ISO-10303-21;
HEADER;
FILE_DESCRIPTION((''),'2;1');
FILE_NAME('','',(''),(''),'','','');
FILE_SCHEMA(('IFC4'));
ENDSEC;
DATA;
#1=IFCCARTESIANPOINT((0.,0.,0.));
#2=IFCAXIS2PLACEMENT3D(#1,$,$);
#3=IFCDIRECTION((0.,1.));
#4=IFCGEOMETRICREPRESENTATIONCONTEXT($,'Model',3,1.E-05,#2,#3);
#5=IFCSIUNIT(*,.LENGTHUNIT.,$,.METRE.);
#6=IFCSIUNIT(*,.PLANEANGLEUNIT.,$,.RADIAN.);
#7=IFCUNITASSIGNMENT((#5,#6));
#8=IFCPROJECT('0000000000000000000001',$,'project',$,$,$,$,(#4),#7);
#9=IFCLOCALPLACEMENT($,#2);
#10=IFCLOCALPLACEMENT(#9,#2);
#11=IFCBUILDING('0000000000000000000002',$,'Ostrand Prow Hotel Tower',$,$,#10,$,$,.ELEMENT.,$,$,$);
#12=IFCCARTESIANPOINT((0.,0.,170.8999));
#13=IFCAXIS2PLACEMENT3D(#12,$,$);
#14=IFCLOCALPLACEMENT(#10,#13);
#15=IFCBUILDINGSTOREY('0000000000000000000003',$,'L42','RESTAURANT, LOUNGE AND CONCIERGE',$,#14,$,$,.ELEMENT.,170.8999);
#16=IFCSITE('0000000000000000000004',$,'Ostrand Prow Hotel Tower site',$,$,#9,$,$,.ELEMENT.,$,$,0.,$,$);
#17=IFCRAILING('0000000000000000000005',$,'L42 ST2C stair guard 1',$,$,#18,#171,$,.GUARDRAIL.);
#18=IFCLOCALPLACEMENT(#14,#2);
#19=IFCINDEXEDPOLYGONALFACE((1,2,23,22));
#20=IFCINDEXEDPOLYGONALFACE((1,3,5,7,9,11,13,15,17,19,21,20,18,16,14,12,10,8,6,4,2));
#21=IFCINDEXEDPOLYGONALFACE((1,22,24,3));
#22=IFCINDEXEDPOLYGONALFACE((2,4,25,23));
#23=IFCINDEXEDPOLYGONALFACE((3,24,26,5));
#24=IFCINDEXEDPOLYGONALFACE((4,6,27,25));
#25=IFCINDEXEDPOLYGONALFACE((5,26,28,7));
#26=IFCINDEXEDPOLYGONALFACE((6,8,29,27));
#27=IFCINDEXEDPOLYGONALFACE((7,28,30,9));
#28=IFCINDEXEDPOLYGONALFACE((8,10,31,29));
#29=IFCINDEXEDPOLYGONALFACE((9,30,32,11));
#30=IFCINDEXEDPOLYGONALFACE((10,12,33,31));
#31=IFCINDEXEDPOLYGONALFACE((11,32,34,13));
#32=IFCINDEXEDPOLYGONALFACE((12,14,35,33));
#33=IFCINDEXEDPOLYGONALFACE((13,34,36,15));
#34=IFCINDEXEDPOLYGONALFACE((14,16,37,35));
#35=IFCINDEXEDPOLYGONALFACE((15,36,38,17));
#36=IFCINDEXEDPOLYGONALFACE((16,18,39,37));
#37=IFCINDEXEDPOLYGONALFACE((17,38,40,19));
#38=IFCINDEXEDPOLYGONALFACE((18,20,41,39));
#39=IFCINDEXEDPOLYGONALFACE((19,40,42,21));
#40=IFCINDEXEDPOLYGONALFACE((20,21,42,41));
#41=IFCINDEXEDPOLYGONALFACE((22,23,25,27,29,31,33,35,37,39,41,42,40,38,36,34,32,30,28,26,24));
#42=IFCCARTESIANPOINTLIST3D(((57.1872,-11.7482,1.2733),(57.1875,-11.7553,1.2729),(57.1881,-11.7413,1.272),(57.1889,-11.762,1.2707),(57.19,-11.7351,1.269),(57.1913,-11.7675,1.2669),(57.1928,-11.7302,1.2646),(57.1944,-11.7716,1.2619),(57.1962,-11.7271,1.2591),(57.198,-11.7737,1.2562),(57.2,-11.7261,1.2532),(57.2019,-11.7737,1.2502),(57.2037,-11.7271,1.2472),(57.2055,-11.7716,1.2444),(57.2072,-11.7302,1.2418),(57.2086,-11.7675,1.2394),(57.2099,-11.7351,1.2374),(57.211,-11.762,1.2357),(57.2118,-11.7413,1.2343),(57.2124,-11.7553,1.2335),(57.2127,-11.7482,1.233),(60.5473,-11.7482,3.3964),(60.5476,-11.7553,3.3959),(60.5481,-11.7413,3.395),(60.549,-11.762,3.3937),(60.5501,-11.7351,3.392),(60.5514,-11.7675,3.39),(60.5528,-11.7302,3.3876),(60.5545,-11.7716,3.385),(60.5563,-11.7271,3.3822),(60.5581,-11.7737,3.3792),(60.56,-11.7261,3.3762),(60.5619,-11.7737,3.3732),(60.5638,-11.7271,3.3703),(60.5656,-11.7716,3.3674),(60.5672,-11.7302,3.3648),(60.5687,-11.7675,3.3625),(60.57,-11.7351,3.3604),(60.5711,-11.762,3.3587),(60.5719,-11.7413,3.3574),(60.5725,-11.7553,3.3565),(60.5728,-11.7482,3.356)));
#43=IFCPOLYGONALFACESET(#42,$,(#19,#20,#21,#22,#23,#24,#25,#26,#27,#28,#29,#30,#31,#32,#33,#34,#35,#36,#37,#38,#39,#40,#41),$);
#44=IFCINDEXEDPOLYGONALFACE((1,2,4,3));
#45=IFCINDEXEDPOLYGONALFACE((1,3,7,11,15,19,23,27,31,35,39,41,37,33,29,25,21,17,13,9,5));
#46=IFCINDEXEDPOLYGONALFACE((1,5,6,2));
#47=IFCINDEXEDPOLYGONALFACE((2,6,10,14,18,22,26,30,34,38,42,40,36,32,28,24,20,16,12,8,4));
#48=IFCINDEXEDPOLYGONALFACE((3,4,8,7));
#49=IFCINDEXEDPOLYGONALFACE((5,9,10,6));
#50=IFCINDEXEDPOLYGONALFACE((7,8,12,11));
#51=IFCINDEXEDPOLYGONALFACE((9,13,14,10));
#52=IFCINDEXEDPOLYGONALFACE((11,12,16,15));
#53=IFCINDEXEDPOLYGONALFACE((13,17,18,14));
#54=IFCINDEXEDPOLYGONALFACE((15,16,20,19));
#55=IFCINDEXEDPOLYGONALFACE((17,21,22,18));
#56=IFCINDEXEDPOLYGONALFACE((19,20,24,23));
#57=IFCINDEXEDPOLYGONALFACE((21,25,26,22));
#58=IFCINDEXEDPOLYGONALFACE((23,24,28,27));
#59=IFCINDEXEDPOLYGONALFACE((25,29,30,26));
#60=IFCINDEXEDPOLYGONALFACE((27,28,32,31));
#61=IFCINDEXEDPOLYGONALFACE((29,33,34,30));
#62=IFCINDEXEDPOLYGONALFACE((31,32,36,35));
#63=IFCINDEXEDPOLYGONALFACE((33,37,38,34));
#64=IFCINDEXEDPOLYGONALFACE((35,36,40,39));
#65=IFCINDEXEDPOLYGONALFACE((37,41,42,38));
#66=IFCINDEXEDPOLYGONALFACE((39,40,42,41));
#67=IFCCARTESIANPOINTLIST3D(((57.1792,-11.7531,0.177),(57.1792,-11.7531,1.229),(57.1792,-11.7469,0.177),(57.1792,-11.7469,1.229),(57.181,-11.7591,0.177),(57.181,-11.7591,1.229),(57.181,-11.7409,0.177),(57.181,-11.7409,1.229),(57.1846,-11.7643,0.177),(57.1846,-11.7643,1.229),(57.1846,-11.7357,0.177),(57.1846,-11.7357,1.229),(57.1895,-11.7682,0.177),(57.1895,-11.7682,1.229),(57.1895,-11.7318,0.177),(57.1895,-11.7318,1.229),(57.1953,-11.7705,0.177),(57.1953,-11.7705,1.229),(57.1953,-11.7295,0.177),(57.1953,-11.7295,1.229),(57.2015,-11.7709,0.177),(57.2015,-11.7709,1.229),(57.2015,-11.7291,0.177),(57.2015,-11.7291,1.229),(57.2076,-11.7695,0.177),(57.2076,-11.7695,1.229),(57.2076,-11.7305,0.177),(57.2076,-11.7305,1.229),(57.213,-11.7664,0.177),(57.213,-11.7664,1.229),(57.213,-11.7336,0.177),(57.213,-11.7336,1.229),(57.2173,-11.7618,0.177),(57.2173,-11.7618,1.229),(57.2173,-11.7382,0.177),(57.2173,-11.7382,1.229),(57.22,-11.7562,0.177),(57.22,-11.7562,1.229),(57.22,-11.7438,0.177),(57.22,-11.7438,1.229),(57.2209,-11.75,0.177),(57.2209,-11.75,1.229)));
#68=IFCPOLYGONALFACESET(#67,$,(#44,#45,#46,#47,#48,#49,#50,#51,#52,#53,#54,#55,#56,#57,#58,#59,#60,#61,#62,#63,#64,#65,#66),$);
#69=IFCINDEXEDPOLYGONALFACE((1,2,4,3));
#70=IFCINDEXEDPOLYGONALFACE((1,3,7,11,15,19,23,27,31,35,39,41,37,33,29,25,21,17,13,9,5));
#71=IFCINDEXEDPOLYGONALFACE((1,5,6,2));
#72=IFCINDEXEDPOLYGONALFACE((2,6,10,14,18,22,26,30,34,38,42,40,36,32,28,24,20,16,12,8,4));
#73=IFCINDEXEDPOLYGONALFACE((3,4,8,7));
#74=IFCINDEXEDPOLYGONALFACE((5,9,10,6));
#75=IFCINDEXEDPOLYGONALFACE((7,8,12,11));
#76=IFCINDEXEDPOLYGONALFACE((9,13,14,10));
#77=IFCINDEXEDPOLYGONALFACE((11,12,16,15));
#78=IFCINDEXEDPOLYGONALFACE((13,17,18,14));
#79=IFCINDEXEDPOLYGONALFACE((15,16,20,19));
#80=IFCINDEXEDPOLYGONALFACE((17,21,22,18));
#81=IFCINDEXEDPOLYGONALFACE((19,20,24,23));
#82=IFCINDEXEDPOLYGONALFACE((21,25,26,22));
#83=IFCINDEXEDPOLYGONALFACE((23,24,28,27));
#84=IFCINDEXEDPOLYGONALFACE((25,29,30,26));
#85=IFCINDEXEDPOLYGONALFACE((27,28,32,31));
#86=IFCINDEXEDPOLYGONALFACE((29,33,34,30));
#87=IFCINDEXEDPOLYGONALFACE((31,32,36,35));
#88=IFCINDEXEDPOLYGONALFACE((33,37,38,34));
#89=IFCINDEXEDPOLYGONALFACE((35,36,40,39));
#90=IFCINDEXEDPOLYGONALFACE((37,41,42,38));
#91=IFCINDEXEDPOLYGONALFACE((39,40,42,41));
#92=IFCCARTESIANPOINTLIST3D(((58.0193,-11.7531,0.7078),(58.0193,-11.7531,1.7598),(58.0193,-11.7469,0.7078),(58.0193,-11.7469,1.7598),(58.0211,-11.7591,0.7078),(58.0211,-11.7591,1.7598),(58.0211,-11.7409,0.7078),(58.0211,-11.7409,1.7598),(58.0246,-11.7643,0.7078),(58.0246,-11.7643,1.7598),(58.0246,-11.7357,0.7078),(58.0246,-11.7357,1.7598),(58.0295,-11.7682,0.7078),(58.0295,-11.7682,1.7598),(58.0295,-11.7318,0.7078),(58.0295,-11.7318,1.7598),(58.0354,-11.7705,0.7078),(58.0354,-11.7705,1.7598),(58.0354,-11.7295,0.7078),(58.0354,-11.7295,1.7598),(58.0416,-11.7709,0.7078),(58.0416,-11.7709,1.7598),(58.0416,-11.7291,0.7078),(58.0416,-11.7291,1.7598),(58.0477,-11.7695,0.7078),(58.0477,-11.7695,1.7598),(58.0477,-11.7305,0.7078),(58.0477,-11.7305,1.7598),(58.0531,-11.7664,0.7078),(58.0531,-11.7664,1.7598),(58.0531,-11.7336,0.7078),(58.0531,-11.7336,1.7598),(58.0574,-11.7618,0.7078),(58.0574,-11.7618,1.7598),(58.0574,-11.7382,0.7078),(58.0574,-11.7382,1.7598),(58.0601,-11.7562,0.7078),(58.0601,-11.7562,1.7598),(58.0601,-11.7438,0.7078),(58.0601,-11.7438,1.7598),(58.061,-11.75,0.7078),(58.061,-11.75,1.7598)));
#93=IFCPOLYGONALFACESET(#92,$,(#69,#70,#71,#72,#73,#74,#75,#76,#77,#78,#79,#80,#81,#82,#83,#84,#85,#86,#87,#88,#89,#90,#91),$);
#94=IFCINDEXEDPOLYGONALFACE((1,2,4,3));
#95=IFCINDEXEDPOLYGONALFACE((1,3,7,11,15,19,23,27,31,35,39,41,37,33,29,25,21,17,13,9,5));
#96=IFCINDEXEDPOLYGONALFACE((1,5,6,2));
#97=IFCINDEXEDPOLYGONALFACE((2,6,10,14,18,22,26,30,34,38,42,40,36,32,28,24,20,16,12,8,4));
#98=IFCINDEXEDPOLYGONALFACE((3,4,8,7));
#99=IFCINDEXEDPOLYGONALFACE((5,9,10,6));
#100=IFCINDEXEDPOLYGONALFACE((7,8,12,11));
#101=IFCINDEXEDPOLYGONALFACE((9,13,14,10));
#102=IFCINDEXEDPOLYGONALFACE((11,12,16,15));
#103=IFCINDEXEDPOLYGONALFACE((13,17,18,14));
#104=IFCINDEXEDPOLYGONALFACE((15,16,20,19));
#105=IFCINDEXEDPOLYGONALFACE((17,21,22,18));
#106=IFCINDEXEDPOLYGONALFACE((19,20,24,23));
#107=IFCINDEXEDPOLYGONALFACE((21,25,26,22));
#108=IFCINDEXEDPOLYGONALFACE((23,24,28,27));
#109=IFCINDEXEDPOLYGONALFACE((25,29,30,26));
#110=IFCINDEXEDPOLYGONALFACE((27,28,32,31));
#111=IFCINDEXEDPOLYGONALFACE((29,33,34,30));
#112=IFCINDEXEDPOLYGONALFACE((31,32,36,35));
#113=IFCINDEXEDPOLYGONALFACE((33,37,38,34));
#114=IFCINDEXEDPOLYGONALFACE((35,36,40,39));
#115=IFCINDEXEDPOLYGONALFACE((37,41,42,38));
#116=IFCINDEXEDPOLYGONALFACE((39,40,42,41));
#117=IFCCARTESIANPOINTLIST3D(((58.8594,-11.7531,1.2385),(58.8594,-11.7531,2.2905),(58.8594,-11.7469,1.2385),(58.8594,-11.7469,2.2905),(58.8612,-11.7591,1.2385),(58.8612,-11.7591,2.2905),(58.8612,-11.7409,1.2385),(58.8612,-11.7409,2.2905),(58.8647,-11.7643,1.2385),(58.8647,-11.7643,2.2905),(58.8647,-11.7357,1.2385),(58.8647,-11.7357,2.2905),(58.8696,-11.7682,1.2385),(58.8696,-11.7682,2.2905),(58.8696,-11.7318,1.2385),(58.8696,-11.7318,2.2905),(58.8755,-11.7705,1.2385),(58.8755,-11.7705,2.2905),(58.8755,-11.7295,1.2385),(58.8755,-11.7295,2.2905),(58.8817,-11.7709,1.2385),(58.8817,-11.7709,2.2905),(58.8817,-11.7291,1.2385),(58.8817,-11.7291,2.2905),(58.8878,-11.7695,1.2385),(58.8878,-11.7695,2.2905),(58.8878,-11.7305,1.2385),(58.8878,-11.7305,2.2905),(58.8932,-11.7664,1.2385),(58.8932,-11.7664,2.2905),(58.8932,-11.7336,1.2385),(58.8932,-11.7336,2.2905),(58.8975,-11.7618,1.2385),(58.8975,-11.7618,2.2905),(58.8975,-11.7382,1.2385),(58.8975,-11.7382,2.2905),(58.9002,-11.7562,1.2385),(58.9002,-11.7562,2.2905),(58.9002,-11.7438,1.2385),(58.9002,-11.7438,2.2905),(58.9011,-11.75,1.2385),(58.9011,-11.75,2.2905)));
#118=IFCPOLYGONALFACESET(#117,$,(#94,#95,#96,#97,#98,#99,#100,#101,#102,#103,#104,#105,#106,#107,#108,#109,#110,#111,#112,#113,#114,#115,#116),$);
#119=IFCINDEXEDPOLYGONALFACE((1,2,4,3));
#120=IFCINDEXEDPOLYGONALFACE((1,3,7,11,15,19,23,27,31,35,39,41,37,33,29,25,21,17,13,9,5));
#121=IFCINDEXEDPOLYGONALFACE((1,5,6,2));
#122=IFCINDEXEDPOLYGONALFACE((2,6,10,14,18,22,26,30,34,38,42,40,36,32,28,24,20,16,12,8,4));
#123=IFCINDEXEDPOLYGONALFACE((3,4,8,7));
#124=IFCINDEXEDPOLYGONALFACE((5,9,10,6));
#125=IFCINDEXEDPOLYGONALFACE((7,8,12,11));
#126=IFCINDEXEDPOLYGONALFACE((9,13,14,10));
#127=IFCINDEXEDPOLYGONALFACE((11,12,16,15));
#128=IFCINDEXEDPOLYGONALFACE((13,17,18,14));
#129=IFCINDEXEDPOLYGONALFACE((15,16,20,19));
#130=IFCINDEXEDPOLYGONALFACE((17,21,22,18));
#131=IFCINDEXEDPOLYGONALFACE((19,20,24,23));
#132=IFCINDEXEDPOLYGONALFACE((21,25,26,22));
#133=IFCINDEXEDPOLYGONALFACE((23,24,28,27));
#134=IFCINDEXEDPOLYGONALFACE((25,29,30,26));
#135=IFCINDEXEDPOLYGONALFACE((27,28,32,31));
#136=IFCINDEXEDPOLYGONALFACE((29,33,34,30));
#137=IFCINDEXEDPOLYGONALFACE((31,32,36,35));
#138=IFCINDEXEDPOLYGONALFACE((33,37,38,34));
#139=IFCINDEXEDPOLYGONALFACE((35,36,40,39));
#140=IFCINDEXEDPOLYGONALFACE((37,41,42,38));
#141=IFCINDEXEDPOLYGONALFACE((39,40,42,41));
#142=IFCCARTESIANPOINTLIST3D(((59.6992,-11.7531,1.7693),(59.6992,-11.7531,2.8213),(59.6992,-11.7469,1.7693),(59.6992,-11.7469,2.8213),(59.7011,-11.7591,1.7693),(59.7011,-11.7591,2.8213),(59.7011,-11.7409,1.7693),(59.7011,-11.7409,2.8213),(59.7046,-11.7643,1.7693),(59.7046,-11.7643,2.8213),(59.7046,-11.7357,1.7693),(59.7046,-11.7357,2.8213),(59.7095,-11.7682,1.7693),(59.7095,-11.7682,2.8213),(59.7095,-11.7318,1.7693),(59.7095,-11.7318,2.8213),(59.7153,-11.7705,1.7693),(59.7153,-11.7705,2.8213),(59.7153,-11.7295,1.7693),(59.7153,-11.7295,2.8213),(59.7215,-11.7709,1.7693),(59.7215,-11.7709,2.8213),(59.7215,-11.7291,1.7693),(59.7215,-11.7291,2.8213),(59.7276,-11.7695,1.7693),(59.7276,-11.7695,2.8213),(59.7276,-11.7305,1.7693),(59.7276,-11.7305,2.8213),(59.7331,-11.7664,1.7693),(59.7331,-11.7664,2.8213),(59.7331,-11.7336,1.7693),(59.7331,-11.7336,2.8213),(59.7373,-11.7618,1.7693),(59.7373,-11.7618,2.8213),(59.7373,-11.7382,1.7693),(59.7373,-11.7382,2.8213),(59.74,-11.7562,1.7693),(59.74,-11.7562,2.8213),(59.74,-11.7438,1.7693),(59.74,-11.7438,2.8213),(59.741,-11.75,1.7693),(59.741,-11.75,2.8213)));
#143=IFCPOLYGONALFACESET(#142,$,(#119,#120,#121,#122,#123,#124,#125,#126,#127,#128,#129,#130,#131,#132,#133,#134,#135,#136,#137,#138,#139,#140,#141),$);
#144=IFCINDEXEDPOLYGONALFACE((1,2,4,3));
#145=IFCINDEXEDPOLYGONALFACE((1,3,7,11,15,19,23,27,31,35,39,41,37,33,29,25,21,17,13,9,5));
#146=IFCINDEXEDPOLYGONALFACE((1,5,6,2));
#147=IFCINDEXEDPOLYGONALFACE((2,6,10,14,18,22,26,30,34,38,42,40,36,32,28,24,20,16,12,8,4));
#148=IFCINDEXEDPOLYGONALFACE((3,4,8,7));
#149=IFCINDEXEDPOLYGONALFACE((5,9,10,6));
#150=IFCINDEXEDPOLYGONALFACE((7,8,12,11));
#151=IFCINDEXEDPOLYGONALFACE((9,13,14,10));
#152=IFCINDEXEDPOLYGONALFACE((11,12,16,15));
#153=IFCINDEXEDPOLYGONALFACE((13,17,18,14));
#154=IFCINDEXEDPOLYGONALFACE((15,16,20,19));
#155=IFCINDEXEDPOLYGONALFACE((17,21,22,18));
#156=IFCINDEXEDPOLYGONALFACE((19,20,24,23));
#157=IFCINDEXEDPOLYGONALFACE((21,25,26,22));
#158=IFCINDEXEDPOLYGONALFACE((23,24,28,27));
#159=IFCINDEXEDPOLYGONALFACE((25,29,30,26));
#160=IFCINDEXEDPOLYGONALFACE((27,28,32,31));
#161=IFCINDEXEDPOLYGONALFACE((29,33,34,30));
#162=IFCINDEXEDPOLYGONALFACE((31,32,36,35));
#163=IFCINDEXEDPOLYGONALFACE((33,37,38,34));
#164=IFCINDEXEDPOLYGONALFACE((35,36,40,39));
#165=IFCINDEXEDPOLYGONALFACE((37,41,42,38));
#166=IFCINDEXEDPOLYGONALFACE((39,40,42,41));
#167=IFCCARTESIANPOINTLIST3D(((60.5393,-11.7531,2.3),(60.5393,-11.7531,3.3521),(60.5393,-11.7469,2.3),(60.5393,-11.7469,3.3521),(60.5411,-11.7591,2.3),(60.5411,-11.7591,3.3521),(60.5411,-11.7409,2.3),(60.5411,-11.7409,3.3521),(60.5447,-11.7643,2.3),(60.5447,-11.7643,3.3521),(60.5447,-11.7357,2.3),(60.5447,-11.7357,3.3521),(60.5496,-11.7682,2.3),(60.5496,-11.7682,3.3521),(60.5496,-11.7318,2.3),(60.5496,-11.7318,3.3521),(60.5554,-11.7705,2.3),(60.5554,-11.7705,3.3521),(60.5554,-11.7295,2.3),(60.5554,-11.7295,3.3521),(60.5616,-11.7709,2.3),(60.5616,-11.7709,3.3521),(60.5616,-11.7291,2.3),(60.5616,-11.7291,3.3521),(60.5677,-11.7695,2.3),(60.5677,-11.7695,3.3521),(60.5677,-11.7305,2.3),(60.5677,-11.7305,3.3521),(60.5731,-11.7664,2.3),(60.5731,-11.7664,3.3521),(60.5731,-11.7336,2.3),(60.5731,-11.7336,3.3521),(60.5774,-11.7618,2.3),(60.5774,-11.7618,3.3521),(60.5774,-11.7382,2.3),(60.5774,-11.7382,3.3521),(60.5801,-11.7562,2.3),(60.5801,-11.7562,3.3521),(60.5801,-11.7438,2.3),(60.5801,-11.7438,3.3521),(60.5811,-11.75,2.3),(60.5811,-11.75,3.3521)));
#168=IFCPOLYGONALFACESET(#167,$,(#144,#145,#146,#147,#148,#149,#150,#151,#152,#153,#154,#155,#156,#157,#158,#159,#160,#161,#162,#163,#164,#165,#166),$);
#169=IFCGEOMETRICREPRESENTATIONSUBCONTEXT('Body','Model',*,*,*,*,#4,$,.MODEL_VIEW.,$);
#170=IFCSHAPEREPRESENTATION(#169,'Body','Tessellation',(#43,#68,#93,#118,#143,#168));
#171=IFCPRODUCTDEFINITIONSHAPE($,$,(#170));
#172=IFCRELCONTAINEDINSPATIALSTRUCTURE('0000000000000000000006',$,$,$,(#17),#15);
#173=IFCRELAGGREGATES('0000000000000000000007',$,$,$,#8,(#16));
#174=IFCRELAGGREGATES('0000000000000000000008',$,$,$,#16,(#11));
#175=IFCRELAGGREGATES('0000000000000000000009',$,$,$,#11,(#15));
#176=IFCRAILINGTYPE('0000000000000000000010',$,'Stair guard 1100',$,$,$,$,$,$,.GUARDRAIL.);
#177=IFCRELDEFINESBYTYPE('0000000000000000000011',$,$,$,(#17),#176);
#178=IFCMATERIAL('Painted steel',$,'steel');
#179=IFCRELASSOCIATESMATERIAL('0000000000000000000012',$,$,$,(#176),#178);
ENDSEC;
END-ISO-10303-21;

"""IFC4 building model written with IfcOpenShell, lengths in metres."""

from ifc_helpers import new_model, si_unit, direction, frame, origin, origin_2d, place, context, subcontext, project, spatial, circle, extrude, material, type_object, element, save


model = new_model("IFC4")

# Units and contexts
model_context = context("Model", 3, precision=1e-05, world=origin(), true_north=direction((0.0, 1.0)))
body_context = subcontext(model_context, "Body", "Model", "MODEL_VIEW")
ifc_project = project(units=[si_unit("LENGTHUNIT", "METRE"), si_unit("PLANEANGLEUNIT", "RADIAN")], contexts=[model_context])

# Site, building, storey
site_placement = place(None, origin())
site = spatial("IfcSite", under=ifc_project, at=site_placement, Name="Ostrand Prow Hotel Tower site", CompositionType="ELEMENT", RefElevation=0.0)
building_placement = place(site_placement, origin())
building = spatial("IfcBuilding", under=site, at=building_placement, Name="Ostrand Prow Hotel Tower", CompositionType="ELEMENT")
storey_placement = place(building_placement, frame((0.0, 0.0, 170.8999)))
storey = spatial("IfcBuildingStorey", under=building, at=storey_placement, Name="L42", Description="RESTAURANT, LOUNGE AND CONCIERGE", CompositionType="ELEMENT", Elevation=170.8999)

# Railing
ifc_material_1 = material(Name="Painted steel", Category="steel")
railing_type_1 = type_object("IfcRailingType", Name="Stair guard 1100", PredefinedType="GUARDRAIL", material=ifc_material_1)
railing_1_placement = place(storey_placement, frame((57.2, -11.75, 0.177)))
element("IfcRailing", 1, at=railing_1_placement, inside=storey, type_object=railing_type_1, Name="L42 ST2C stair guard 1", PredefinedType="GUARDRAIL", context=body_context, shape_type="SweptSolid", body=[
    extrude(circle(Radius=0.0239, at=origin_2d()), frame((0.0, 0.0, 1.0762), z_axis=(0.84539, 0.0, 0.53415), x_axis=(0.0, 1.0, 0.0)), (0.0, 0.0, 1.0), 3.9746),
    extrude(circle(Radius=0.021, at=origin_2d()), origin(), (0.0, 0.0, 1.0), 1.052),
    extrude(circle(Radius=0.021, at=origin_2d()), frame((0.8401, 0.0, 0.5308)), (0.0, 0.0, 1.0), 1.052),
    extrude(circle(Radius=0.021, at=origin_2d()), frame((1.6802, 0.0, 1.0615)), (0.0, 0.0, 1.0), 1.052),
    extrude(circle(Radius=0.021, at=origin_2d()), frame((2.52, 0.0, 1.5923)), (0.0, 0.0, 1.0), 1.052),
    extrude(circle(Radius=0.021, at=origin_2d()), frame((3.3601, 0.0, 2.123)), (0.0, 0.0, 1.0), 1.052),
])

save(model, "model.ifc")
